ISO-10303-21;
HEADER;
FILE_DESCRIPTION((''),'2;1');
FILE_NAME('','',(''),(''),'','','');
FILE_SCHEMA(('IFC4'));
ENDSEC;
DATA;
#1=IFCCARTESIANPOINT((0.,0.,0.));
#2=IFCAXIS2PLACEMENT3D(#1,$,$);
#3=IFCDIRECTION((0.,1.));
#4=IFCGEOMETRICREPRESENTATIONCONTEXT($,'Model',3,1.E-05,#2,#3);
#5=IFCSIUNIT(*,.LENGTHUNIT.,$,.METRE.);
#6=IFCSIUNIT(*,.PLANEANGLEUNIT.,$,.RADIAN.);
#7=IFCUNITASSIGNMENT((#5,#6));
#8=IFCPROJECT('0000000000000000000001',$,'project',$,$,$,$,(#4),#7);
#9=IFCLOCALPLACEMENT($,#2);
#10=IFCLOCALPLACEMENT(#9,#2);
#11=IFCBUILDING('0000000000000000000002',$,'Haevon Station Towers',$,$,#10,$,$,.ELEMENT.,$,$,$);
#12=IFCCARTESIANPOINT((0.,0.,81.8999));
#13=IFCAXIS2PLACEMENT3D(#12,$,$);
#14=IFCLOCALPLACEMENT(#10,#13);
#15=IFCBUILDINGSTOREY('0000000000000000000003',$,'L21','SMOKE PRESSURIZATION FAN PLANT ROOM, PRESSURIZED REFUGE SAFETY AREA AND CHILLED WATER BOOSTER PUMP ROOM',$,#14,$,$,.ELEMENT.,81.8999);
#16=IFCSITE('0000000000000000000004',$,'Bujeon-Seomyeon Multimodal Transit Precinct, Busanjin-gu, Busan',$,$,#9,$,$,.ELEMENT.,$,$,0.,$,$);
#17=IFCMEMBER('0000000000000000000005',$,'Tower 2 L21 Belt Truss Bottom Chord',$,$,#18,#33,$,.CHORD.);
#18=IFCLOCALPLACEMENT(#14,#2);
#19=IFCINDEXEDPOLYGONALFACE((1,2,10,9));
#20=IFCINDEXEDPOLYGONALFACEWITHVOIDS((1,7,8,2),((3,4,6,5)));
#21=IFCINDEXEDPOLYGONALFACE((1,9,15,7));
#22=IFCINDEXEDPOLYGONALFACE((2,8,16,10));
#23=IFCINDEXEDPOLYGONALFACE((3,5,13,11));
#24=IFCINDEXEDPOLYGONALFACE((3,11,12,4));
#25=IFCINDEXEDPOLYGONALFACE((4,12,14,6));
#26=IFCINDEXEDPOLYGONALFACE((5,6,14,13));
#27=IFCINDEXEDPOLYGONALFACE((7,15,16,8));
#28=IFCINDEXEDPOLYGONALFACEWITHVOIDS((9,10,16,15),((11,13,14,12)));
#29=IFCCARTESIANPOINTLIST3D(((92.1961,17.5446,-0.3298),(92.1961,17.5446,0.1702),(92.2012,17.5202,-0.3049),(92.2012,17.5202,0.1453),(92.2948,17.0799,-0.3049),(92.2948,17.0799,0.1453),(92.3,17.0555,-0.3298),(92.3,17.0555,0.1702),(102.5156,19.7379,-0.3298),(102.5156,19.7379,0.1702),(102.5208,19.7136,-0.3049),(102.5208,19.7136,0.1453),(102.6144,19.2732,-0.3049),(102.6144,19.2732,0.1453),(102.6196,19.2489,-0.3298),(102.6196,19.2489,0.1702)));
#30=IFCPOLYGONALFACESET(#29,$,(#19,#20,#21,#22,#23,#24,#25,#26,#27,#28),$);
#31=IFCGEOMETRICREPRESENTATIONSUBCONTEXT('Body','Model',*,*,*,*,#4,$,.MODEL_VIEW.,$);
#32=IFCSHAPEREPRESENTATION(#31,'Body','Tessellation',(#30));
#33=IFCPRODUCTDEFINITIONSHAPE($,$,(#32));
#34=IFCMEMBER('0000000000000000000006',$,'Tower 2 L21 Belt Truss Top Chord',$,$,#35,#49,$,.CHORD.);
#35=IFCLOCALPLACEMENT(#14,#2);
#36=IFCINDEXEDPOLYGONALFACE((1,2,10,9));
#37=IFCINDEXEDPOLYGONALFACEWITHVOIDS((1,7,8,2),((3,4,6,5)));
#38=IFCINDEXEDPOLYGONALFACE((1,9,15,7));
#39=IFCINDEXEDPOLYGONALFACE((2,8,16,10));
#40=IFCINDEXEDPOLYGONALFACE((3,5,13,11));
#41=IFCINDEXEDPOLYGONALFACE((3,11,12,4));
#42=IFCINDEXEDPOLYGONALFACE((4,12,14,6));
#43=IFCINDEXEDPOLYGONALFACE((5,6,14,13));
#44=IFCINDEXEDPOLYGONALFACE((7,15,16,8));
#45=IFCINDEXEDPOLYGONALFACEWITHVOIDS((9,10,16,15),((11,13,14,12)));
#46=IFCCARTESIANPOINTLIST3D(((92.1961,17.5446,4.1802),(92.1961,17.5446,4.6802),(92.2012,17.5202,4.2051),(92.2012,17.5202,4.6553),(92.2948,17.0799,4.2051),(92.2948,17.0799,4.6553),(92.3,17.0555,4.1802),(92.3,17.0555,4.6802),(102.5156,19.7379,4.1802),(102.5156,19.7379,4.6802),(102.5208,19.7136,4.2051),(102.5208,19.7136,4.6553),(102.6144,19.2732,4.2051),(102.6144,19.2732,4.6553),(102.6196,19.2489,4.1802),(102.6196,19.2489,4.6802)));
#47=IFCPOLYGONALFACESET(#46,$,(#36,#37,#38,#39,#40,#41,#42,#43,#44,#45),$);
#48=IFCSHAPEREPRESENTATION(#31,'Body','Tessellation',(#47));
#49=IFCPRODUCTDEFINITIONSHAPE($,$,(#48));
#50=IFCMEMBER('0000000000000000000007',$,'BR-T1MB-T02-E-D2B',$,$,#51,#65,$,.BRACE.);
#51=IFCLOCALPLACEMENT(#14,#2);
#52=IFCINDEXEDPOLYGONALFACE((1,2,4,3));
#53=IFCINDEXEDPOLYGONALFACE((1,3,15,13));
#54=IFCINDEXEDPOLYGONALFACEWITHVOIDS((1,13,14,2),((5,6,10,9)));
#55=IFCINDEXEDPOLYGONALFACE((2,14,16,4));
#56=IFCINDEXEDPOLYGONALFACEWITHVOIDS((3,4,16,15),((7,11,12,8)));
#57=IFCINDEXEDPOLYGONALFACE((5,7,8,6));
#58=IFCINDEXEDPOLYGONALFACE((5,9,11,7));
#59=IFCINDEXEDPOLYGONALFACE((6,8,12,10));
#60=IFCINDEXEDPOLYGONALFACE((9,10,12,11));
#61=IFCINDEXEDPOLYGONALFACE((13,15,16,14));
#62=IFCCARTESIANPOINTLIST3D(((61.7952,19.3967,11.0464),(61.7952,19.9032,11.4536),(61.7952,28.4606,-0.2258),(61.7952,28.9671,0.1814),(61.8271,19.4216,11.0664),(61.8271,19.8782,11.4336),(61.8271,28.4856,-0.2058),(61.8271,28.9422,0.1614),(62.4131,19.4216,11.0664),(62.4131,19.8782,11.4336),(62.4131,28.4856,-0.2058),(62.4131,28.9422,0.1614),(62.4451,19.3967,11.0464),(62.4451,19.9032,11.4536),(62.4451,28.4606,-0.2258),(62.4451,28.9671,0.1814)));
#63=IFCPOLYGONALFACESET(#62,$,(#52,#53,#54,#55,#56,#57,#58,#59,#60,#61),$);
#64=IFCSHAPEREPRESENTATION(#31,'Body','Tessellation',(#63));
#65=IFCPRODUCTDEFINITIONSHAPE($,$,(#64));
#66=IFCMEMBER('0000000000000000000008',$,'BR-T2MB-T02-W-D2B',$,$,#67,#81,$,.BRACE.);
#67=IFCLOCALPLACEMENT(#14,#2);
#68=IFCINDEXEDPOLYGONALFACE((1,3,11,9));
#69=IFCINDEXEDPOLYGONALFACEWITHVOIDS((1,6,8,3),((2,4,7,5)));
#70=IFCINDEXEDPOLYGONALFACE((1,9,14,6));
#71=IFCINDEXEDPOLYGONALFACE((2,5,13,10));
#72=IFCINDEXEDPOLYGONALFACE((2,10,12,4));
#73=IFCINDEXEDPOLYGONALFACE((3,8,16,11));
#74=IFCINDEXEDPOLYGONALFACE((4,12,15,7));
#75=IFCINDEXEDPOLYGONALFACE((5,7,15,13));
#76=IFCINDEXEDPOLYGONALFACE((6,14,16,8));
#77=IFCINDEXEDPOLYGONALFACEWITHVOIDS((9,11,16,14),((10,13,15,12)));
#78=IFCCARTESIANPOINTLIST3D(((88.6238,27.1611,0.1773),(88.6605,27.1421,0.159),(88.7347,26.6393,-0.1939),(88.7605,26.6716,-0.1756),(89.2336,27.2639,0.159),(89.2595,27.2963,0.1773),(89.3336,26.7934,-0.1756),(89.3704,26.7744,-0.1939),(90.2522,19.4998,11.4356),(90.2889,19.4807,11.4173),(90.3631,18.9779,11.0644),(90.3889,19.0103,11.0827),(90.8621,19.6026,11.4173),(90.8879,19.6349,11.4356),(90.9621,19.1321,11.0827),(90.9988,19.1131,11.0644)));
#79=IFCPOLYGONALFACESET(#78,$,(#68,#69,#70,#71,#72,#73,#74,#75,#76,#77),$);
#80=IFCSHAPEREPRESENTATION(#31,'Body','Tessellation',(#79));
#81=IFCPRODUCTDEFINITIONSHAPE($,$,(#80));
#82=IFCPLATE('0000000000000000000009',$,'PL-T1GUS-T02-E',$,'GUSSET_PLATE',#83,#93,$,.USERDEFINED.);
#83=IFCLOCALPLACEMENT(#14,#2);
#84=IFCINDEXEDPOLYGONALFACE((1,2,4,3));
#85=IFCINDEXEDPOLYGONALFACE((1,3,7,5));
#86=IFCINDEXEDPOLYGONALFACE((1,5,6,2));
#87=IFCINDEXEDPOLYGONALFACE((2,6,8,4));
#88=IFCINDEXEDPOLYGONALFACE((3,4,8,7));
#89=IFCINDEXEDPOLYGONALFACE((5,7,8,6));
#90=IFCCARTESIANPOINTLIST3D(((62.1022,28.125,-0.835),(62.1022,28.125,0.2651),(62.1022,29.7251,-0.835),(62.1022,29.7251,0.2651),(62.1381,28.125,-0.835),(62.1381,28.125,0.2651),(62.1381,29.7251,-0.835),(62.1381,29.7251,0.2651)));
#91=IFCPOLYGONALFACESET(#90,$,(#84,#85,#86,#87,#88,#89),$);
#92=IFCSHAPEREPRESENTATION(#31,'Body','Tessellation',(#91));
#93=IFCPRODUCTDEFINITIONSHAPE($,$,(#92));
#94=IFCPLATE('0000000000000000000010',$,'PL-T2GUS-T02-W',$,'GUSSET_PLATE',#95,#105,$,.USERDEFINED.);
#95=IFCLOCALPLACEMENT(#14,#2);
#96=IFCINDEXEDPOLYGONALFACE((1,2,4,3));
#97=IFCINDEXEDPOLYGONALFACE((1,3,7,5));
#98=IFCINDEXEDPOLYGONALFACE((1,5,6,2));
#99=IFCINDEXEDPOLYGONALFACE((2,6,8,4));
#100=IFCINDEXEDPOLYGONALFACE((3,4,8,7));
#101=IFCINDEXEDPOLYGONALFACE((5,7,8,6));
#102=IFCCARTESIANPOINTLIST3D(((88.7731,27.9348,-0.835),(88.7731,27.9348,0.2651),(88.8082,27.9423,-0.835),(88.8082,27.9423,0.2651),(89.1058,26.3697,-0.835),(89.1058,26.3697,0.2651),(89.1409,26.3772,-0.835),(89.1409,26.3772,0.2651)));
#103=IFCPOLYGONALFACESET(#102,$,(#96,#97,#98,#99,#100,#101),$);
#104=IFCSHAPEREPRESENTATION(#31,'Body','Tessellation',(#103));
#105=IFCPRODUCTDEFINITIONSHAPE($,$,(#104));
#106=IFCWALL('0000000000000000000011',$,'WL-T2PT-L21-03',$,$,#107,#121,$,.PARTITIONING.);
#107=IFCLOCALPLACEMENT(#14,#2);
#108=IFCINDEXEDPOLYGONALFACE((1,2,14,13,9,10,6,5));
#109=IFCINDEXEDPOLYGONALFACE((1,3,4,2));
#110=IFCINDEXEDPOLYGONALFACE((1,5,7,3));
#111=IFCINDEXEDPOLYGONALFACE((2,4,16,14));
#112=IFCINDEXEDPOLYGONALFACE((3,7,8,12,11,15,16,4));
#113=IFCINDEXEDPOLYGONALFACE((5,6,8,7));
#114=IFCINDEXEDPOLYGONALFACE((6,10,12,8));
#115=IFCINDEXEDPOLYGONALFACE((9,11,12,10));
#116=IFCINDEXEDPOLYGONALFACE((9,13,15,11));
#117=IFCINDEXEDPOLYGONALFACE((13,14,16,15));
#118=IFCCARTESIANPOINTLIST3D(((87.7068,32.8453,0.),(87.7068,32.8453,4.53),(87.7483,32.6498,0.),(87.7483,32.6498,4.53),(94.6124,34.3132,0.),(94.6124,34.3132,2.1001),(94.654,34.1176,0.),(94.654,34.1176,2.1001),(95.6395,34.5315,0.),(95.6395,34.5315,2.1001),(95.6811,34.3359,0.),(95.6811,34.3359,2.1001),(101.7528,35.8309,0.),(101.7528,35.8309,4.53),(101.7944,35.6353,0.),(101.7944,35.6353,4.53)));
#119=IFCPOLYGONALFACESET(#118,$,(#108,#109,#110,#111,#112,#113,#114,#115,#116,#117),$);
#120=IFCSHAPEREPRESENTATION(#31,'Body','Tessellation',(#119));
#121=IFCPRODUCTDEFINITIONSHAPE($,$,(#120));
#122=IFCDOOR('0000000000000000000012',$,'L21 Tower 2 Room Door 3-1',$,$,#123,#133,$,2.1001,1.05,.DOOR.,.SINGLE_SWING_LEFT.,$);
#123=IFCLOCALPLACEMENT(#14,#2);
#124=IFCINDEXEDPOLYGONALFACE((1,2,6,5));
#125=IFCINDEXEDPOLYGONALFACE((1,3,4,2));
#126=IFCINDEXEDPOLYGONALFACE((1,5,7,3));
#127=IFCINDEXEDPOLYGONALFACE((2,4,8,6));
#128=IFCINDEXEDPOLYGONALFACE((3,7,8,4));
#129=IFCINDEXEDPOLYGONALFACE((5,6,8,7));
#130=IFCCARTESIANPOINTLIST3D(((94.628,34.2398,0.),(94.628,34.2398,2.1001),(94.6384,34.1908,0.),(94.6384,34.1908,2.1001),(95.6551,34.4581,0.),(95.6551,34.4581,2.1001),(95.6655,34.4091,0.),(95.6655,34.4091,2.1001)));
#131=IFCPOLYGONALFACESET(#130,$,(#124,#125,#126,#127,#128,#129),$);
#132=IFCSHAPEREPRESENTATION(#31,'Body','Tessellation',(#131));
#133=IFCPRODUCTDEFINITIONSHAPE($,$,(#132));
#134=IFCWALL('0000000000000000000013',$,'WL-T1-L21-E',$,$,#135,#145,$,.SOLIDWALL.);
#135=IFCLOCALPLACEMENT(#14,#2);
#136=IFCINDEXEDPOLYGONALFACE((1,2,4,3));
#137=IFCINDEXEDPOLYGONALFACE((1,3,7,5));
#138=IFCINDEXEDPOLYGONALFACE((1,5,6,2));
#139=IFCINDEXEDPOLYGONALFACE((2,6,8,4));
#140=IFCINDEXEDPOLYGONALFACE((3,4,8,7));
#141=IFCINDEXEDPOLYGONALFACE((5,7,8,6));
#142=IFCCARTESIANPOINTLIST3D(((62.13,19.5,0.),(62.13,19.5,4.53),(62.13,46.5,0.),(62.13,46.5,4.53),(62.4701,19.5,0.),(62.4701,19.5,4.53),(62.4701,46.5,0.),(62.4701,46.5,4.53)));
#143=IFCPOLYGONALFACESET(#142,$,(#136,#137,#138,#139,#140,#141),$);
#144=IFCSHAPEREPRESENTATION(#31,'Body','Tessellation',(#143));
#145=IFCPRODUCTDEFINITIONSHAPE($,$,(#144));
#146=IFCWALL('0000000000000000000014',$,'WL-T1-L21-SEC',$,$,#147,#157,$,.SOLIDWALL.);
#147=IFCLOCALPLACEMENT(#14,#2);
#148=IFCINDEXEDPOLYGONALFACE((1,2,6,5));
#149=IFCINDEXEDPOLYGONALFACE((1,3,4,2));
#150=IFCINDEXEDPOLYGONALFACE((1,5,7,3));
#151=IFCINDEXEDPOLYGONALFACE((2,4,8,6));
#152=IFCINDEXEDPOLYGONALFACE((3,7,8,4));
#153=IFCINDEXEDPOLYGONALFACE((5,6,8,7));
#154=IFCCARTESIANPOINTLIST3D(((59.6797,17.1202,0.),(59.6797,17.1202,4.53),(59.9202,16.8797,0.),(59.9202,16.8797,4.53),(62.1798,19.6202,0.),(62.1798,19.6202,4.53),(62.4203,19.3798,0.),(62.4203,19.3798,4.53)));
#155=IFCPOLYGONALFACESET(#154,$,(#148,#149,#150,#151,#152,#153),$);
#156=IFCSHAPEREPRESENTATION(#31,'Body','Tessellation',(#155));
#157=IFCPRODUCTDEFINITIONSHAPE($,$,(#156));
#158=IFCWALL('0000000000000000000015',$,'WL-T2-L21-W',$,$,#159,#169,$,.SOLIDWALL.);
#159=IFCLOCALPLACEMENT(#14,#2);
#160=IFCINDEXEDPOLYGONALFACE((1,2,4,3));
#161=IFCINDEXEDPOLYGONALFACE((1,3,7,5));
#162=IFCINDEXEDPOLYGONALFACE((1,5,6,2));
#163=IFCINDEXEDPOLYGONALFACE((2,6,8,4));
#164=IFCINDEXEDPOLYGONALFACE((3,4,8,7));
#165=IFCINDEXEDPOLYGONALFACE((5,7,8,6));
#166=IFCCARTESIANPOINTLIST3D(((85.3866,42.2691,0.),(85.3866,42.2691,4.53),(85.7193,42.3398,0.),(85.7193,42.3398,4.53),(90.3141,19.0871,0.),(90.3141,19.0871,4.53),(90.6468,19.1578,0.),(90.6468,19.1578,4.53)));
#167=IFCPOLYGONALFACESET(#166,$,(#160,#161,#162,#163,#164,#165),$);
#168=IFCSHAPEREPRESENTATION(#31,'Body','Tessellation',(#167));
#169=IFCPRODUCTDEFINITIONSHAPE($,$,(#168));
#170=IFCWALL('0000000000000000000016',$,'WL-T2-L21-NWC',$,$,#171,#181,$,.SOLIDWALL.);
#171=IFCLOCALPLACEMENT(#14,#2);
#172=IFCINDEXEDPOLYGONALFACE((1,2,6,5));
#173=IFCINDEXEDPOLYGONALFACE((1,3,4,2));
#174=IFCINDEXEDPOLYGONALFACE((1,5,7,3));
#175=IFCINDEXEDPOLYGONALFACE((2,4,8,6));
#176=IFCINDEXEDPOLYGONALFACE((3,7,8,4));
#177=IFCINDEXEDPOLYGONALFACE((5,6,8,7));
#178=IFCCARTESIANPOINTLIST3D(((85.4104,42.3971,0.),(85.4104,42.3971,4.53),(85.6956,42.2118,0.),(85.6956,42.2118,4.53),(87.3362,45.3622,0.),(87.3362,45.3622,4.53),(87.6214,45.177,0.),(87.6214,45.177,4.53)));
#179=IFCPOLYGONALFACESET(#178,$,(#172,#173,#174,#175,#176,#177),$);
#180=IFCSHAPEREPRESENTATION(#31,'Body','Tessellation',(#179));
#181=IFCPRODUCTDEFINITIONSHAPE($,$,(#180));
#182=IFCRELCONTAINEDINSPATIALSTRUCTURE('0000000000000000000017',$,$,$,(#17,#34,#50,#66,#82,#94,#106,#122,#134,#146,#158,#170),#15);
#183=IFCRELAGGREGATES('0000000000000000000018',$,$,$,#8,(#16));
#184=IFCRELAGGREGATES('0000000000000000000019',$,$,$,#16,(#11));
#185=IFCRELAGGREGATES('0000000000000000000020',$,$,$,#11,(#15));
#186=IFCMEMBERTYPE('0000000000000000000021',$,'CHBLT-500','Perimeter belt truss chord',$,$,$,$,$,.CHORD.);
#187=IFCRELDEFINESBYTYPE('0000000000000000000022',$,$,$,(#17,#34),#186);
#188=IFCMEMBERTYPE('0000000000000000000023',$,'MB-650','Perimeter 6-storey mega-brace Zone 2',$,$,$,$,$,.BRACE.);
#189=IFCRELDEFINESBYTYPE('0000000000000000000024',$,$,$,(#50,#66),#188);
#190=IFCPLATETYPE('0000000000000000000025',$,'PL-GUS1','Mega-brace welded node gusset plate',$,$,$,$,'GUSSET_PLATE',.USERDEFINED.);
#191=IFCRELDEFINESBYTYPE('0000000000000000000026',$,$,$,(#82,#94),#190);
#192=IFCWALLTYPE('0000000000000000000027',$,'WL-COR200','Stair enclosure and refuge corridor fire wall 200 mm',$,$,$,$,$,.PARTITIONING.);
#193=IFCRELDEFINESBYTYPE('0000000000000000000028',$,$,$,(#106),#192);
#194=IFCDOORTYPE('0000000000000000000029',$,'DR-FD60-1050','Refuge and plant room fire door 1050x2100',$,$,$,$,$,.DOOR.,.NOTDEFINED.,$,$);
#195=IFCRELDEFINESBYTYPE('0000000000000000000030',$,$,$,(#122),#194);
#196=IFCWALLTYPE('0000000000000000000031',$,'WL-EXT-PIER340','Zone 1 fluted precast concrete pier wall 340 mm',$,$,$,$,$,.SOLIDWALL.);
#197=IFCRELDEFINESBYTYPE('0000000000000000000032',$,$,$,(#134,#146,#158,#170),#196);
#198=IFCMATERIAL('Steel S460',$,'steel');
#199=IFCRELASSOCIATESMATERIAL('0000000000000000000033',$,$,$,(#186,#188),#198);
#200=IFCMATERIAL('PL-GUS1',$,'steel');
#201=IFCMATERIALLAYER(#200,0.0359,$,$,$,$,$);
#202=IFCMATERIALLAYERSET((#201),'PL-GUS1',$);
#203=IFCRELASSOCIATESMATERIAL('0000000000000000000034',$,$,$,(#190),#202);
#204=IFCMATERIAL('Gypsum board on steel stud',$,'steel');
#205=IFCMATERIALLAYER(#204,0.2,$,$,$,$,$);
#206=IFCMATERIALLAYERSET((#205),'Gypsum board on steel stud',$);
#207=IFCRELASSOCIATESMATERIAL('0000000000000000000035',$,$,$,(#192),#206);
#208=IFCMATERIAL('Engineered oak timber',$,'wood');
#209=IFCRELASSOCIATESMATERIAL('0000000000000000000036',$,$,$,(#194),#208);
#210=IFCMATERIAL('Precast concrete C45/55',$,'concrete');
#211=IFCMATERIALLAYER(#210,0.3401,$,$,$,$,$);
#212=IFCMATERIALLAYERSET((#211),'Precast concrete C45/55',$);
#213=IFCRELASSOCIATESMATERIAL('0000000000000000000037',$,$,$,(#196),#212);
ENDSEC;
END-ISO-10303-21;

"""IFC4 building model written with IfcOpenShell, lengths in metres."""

from ifc_helpers import new_model, si_unit, direction, frame, frame_2d, origin, origin_2d, place, context, subcontext, project, spatial, rectangle, hollow_rectangle, extrude, material, layer, layer_set, material_profile, profile_set, type_object, element, fill, save


model = new_model("IFC4")

# Units and contexts
model_context = context("Model", 3, precision=1e-05, world=origin(), true_north=direction((0.0, 1.0)))
body_context = subcontext(model_context, "Body", "Model", "MODEL_VIEW")
ifc_project = project(units=[si_unit("LENGTHUNIT", "METRE"), si_unit("PLANEANGLEUNIT", "RADIAN")], contexts=[model_context])

# Site, building, storey
site_placement = place(None, origin())
site = spatial("IfcSite", under=ifc_project, at=site_placement, Name="Bujeon-Seomyeon Multimodal Transit Precinct, Busanjin-gu, Busan", CompositionType="ELEMENT", RefElevation=0.0)
building_placement = place(site_placement, origin())
building = spatial("IfcBuilding", under=site, at=building_placement, Name="Haevon Station Towers", CompositionType="ELEMENT")
storey_placement = place(building_placement, frame((0.0, 0.0, 81.8999)))
storey = spatial("IfcBuildingStorey", under=building, at=storey_placement, Name="L21", Description="SMOKE PRESSURIZATION FAN PLANT ROOM, PRESSURIZED REFUGE SAFETY AREA AND CHILLED WATER BOOSTER PUMP ROOM", CompositionType="ELEMENT", Elevation=81.8999)

# Shared definitions
ifc_material_1 = material(Name="Steel S460", Category="steel")

# Members
ifc_material_profile_1 = material_profile(ifc_material_1, hollow_rectangle(XDim=0.5, YDim=0.5, WallThickness=0.0249, at=origin_2d()), Name="RHS-500x500x25")
ifc_profile_set_1 = profile_set([ifc_material_profile_1], Name="Steel S460")
member_type_1 = type_object("IfcMemberType", Name="CHBLT-500", Description="Perimeter belt truss chord", PredefinedType="CHORD", material=ifc_profile_set_1)
for number, where, z_axis, x_axis, name in (
    (1, (92.248, 17.3, -0.0798), (0.97815, 0.207899, 0.0), (-0.207899, 0.97815, 0.0), "Tower 2 L21 Belt Truss Bottom Chord"),
    (2, (92.248, 17.3, 4.4302), (0.97815, 0.207899, 0.0), (-0.207899, 0.97815, 0.0), "Tower 2 L21 Belt Truss Top Chord"),
):
    element("IfcMember", number, at=place(storey_placement, frame(where, z_axis=z_axis, x_axis=x_axis)), inside=storey, type_object=member_type_1, Name=name, PredefinedType="CHORD", context=body_context, shape_type="SweptSolid", body=[
        extrude(hollow_rectangle(XDim=0.5, YDim=0.5, WallThickness=0.0249, at=origin_2d()), origin(), (0.0, 0.0, 1.0), 10.55),
    ])
ifc_material_profile_2 = material_profile(ifc_material_1, hollow_rectangle(XDim=0.6499, YDim=0.6499, WallThickness=0.032, at=origin_2d()), Name="RHS-650x650x32")
ifc_profile_set_2 = profile_set([ifc_material_profile_2], Name="Steel S460")
member_type_2 = type_object("IfcMemberType", Name="MB-650", Description="Perimeter 6-storey mega-brace Zone 2", PredefinedType="BRACE", material=ifc_profile_set_2)
member_1_placement = place(storey_placement, frame((62.1201, 28.7139, -0.0222), z_axis=(0.0, -0.62664, 0.779309), x_axis=(1.0, 0.0, 0.0)))
element("IfcMember", 3, at=member_1_placement, inside=storey, type_object=member_type_2, Name="BR-T1MB-T02-E-D2B", PredefinedType="BRACE", context=body_context, shape_type="SweptSolid", body=[
    extrude(hollow_rectangle(XDim=0.6499, YDim=0.6499, WallThickness=0.032, at=origin_2d()), origin(), (0.0, 0.0, 1.0), 14.4644),
])
member_2_placement = place(storey_placement, frame((88.9971, 26.9678, -0.0083), z_axis=(0.118734, -0.558618, 0.820883), x_axis=(0.978149, 0.207905, 0.0)))
element("IfcMember", 4, at=member_2_placement, inside=storey, type_object=member_type_2, Name="BR-T2MB-T02-W-D2B", PredefinedType="BRACE", context=body_context, shape_type="SweptSolid", body=[
    extrude(hollow_rectangle(XDim=0.6499, YDim=0.6499, WallThickness=0.032, at=origin_2d()), origin(), (0.0, 0.0, 1.0), 13.7148),
])

# Plates
ifc_material_2 = material(Name="PL-GUS1", Category="steel")
ifc_layer_1 = layer(ifc_material_2, 0.0359)
ifc_layer_set_1 = layer_set([ifc_layer_1], Name="PL-GUS1")
plate_type = type_object("IfcPlateType", Name="PL-GUS1", Description="Mega-brace welded node gusset plate", ElementType="GUSSET_PLATE", PredefinedType="USERDEFINED", material=ifc_layer_set_1)
for number, where, z_axis, x_axis, name in (
    (5, (62.1201, 28.925, -0.835), (0.0, 0.0, 1.0), (0.0, 1.0, 0.0), "PL-T1GUS-T02-E"),
    (6, (88.957, 27.156, -0.835), (0.0, 0.0, 1.0), (-0.207912, 0.978148, 0.0), "PL-T2GUS-T02-W"),
):
    element("IfcPlate", number, at=place(storey_placement, frame(where, z_axis=z_axis, x_axis=x_axis)), inside=storey, type_object=plate_type, Name=name, ObjectType="GUSSET_PLATE", PredefinedType="USERDEFINED", context=body_context, shape_type="SweptSolid", body=[
        extrude(rectangle(XDim=1.6001, YDim=0.0359, at=origin_2d()), origin(), (0.0, 0.0, 1.0), 1.1001),
    ])

# Wall, opening, door
ifc_material_3 = material(Name="Gypsum board on steel stud", Category="steel")
ifc_layer_2 = layer(ifc_material_3, 0.2)
ifc_layer_set_2 = layer_set([ifc_layer_2], Name="Gypsum board on steel stud")
wall_type_1 = type_object("IfcWallType", Name="WL-COR200", Description="Stair enclosure and refuge corridor fire wall 200 mm", PredefinedType="PARTITIONING", material=ifc_layer_set_2)
wall_1_placement = place(storey_placement, frame((87.7275, 32.7476, 0.0), z_axis=(0.0, 0.0, 1.0), x_axis=(0.978148, 0.207911, 0.0)))
wall_1 = element("IfcWall", 7, at=wall_1_placement, inside=storey, type_object=wall_type_1, Name="WL-T2PT-L21-03", PredefinedType="PARTITIONING", context=body_context, shape_type="SweptSolid", body=[
    extrude(rectangle(XDim=14.3599, YDim=0.2, at=frame_2d((7.1799, 0.0))), origin(), (0.0, 0.0, 1.0), 4.53),
])
opening_1_placement = place(wall_1_placement, frame((7.0601, 0.0, 0.0)))
opening_1 = element("IfcOpeningElement", 8, at=opening_1_placement, cuts=wall_1, PredefinedType="OPENING", context=body_context, shape_type="SweptSolid", body=[
    extrude(rectangle(XDim=1.05, YDim=2.1001, at=frame_2d((0.5249, 1.05))), frame((0.0, 0.1099, 0.0), z_axis=(0.0, -1.0, 0.0), x_axis=(1.0, 0.0, 0.0)), (0.0, 0.0, 1.0), 0.22),
])
ifc_material_4 = material(Name="Engineered oak timber", Category="wood")
door_type = type_object("IfcDoorType", Name="DR-FD60-1050", Description="Refuge and plant room fire door 1050x2100", OperationType="NOTDEFINED", PredefinedType="DOOR", material=ifc_material_4)
door_1_placement = place(opening_1_placement, origin())
door_1 = element("IfcDoor", 9, at=door_1_placement, inside=storey, type_object=door_type, Name="L21 Tower 2 Room Door 3-1", OperationType="SINGLE_SWING_LEFT", OverallHeight=2.1001, OverallWidth=1.05, PredefinedType="DOOR", context=body_context, shape_type="SweptSolid", body=[
    extrude(rectangle(XDim=1.05, YDim=2.1001, at=frame_2d((0.5249, 1.05))), frame((0.0, 0.0249, 0.0), z_axis=(0.0, -1.0, 0.0), x_axis=(1.0, 0.0, 0.0)), (0.0, 0.0, 1.0), 0.05),
])
fill(opening_1, door_1)

# Walls
ifc_material_5 = material(Name="Precast concrete C45/55", Category="concrete")
ifc_layer_3 = layer(ifc_material_5, 0.3401)
ifc_layer_set_3 = layer_set([ifc_layer_3], Name="Precast concrete C45/55")
wall_type_2 = type_object("IfcWallType", Name="WL-EXT-PIER340", Description="Zone 1 fluted precast concrete pier wall 340 mm", PredefinedType="SOLIDWALL", material=ifc_layer_set_3)
wall_2_placement = place(storey_placement, frame((62.3, 46.5, 0.0), z_axis=(0.0, 0.0, 1.0), x_axis=(0.0, -1.0, 0.0)))
element("IfcWall", 10, at=wall_2_placement, inside=storey, type_object=wall_type_2, Name="WL-T1-L21-E", PredefinedType="SOLIDWALL", context=body_context, shape_type="SweptSolid", body=[
    extrude(rectangle(XDim=27.0, YDim=0.3401, at=frame_2d((13.5, 0.0))), origin(), (0.0, 0.0, 1.0), 4.53),
])
wall_3_placement = place(storey_placement, frame((62.3, 19.5, 0.0), z_axis=(0.0, 0.0, 1.0), x_axis=(-0.707107, -0.707107, 0.0)))
element("IfcWall", 11, at=wall_3_placement, inside=storey, type_object=wall_type_2, Name="WL-T1-L21-SEC", PredefinedType="SOLIDWALL", context=body_context, shape_type="SweptSolid", body=[
    extrude(rectangle(XDim=3.5356, YDim=0.3401, at=frame_2d((1.7678, 0.0))), origin(), (0.0, 0.0, 1.0), 4.53),
])
wall_4_placement = place(storey_placement, frame((90.4805, 19.1223, 0.0), z_axis=(0.0, 0.0, 1.0), x_axis=(-0.207911, 0.978148, 0.0)))
element("IfcWall", 12, at=wall_4_placement, inside=storey, type_object=wall_type_2, Name="WL-T2-L21-W", PredefinedType="SOLIDWALL", context=body_context, shape_type="SweptSolid", body=[
    extrude(rectangle(XDim=23.7, YDim=0.3401, at=frame_2d((11.8501, 0.0))), origin(), (0.0, 0.0, 1.0), 4.53),
])
wall_5_placement = place(storey_placement, frame((85.553, 42.3044, 0.0), z_axis=(0.0, 0.0, 1.0), x_axis=(0.544685, 0.838641, 0.0)))
element("IfcWall", 13, at=wall_5_placement, inside=storey, type_object=wall_type_2, Name="WL-T2-L21-NWC", PredefinedType="SOLIDWALL", context=body_context, shape_type="SweptSolid", body=[
    extrude(rectangle(XDim=3.5356, YDim=0.3401, at=frame_2d((1.7678, 0.0))), origin(), (0.0, 0.0, 1.0), 4.53),
])

save(model, "model.ifc")
